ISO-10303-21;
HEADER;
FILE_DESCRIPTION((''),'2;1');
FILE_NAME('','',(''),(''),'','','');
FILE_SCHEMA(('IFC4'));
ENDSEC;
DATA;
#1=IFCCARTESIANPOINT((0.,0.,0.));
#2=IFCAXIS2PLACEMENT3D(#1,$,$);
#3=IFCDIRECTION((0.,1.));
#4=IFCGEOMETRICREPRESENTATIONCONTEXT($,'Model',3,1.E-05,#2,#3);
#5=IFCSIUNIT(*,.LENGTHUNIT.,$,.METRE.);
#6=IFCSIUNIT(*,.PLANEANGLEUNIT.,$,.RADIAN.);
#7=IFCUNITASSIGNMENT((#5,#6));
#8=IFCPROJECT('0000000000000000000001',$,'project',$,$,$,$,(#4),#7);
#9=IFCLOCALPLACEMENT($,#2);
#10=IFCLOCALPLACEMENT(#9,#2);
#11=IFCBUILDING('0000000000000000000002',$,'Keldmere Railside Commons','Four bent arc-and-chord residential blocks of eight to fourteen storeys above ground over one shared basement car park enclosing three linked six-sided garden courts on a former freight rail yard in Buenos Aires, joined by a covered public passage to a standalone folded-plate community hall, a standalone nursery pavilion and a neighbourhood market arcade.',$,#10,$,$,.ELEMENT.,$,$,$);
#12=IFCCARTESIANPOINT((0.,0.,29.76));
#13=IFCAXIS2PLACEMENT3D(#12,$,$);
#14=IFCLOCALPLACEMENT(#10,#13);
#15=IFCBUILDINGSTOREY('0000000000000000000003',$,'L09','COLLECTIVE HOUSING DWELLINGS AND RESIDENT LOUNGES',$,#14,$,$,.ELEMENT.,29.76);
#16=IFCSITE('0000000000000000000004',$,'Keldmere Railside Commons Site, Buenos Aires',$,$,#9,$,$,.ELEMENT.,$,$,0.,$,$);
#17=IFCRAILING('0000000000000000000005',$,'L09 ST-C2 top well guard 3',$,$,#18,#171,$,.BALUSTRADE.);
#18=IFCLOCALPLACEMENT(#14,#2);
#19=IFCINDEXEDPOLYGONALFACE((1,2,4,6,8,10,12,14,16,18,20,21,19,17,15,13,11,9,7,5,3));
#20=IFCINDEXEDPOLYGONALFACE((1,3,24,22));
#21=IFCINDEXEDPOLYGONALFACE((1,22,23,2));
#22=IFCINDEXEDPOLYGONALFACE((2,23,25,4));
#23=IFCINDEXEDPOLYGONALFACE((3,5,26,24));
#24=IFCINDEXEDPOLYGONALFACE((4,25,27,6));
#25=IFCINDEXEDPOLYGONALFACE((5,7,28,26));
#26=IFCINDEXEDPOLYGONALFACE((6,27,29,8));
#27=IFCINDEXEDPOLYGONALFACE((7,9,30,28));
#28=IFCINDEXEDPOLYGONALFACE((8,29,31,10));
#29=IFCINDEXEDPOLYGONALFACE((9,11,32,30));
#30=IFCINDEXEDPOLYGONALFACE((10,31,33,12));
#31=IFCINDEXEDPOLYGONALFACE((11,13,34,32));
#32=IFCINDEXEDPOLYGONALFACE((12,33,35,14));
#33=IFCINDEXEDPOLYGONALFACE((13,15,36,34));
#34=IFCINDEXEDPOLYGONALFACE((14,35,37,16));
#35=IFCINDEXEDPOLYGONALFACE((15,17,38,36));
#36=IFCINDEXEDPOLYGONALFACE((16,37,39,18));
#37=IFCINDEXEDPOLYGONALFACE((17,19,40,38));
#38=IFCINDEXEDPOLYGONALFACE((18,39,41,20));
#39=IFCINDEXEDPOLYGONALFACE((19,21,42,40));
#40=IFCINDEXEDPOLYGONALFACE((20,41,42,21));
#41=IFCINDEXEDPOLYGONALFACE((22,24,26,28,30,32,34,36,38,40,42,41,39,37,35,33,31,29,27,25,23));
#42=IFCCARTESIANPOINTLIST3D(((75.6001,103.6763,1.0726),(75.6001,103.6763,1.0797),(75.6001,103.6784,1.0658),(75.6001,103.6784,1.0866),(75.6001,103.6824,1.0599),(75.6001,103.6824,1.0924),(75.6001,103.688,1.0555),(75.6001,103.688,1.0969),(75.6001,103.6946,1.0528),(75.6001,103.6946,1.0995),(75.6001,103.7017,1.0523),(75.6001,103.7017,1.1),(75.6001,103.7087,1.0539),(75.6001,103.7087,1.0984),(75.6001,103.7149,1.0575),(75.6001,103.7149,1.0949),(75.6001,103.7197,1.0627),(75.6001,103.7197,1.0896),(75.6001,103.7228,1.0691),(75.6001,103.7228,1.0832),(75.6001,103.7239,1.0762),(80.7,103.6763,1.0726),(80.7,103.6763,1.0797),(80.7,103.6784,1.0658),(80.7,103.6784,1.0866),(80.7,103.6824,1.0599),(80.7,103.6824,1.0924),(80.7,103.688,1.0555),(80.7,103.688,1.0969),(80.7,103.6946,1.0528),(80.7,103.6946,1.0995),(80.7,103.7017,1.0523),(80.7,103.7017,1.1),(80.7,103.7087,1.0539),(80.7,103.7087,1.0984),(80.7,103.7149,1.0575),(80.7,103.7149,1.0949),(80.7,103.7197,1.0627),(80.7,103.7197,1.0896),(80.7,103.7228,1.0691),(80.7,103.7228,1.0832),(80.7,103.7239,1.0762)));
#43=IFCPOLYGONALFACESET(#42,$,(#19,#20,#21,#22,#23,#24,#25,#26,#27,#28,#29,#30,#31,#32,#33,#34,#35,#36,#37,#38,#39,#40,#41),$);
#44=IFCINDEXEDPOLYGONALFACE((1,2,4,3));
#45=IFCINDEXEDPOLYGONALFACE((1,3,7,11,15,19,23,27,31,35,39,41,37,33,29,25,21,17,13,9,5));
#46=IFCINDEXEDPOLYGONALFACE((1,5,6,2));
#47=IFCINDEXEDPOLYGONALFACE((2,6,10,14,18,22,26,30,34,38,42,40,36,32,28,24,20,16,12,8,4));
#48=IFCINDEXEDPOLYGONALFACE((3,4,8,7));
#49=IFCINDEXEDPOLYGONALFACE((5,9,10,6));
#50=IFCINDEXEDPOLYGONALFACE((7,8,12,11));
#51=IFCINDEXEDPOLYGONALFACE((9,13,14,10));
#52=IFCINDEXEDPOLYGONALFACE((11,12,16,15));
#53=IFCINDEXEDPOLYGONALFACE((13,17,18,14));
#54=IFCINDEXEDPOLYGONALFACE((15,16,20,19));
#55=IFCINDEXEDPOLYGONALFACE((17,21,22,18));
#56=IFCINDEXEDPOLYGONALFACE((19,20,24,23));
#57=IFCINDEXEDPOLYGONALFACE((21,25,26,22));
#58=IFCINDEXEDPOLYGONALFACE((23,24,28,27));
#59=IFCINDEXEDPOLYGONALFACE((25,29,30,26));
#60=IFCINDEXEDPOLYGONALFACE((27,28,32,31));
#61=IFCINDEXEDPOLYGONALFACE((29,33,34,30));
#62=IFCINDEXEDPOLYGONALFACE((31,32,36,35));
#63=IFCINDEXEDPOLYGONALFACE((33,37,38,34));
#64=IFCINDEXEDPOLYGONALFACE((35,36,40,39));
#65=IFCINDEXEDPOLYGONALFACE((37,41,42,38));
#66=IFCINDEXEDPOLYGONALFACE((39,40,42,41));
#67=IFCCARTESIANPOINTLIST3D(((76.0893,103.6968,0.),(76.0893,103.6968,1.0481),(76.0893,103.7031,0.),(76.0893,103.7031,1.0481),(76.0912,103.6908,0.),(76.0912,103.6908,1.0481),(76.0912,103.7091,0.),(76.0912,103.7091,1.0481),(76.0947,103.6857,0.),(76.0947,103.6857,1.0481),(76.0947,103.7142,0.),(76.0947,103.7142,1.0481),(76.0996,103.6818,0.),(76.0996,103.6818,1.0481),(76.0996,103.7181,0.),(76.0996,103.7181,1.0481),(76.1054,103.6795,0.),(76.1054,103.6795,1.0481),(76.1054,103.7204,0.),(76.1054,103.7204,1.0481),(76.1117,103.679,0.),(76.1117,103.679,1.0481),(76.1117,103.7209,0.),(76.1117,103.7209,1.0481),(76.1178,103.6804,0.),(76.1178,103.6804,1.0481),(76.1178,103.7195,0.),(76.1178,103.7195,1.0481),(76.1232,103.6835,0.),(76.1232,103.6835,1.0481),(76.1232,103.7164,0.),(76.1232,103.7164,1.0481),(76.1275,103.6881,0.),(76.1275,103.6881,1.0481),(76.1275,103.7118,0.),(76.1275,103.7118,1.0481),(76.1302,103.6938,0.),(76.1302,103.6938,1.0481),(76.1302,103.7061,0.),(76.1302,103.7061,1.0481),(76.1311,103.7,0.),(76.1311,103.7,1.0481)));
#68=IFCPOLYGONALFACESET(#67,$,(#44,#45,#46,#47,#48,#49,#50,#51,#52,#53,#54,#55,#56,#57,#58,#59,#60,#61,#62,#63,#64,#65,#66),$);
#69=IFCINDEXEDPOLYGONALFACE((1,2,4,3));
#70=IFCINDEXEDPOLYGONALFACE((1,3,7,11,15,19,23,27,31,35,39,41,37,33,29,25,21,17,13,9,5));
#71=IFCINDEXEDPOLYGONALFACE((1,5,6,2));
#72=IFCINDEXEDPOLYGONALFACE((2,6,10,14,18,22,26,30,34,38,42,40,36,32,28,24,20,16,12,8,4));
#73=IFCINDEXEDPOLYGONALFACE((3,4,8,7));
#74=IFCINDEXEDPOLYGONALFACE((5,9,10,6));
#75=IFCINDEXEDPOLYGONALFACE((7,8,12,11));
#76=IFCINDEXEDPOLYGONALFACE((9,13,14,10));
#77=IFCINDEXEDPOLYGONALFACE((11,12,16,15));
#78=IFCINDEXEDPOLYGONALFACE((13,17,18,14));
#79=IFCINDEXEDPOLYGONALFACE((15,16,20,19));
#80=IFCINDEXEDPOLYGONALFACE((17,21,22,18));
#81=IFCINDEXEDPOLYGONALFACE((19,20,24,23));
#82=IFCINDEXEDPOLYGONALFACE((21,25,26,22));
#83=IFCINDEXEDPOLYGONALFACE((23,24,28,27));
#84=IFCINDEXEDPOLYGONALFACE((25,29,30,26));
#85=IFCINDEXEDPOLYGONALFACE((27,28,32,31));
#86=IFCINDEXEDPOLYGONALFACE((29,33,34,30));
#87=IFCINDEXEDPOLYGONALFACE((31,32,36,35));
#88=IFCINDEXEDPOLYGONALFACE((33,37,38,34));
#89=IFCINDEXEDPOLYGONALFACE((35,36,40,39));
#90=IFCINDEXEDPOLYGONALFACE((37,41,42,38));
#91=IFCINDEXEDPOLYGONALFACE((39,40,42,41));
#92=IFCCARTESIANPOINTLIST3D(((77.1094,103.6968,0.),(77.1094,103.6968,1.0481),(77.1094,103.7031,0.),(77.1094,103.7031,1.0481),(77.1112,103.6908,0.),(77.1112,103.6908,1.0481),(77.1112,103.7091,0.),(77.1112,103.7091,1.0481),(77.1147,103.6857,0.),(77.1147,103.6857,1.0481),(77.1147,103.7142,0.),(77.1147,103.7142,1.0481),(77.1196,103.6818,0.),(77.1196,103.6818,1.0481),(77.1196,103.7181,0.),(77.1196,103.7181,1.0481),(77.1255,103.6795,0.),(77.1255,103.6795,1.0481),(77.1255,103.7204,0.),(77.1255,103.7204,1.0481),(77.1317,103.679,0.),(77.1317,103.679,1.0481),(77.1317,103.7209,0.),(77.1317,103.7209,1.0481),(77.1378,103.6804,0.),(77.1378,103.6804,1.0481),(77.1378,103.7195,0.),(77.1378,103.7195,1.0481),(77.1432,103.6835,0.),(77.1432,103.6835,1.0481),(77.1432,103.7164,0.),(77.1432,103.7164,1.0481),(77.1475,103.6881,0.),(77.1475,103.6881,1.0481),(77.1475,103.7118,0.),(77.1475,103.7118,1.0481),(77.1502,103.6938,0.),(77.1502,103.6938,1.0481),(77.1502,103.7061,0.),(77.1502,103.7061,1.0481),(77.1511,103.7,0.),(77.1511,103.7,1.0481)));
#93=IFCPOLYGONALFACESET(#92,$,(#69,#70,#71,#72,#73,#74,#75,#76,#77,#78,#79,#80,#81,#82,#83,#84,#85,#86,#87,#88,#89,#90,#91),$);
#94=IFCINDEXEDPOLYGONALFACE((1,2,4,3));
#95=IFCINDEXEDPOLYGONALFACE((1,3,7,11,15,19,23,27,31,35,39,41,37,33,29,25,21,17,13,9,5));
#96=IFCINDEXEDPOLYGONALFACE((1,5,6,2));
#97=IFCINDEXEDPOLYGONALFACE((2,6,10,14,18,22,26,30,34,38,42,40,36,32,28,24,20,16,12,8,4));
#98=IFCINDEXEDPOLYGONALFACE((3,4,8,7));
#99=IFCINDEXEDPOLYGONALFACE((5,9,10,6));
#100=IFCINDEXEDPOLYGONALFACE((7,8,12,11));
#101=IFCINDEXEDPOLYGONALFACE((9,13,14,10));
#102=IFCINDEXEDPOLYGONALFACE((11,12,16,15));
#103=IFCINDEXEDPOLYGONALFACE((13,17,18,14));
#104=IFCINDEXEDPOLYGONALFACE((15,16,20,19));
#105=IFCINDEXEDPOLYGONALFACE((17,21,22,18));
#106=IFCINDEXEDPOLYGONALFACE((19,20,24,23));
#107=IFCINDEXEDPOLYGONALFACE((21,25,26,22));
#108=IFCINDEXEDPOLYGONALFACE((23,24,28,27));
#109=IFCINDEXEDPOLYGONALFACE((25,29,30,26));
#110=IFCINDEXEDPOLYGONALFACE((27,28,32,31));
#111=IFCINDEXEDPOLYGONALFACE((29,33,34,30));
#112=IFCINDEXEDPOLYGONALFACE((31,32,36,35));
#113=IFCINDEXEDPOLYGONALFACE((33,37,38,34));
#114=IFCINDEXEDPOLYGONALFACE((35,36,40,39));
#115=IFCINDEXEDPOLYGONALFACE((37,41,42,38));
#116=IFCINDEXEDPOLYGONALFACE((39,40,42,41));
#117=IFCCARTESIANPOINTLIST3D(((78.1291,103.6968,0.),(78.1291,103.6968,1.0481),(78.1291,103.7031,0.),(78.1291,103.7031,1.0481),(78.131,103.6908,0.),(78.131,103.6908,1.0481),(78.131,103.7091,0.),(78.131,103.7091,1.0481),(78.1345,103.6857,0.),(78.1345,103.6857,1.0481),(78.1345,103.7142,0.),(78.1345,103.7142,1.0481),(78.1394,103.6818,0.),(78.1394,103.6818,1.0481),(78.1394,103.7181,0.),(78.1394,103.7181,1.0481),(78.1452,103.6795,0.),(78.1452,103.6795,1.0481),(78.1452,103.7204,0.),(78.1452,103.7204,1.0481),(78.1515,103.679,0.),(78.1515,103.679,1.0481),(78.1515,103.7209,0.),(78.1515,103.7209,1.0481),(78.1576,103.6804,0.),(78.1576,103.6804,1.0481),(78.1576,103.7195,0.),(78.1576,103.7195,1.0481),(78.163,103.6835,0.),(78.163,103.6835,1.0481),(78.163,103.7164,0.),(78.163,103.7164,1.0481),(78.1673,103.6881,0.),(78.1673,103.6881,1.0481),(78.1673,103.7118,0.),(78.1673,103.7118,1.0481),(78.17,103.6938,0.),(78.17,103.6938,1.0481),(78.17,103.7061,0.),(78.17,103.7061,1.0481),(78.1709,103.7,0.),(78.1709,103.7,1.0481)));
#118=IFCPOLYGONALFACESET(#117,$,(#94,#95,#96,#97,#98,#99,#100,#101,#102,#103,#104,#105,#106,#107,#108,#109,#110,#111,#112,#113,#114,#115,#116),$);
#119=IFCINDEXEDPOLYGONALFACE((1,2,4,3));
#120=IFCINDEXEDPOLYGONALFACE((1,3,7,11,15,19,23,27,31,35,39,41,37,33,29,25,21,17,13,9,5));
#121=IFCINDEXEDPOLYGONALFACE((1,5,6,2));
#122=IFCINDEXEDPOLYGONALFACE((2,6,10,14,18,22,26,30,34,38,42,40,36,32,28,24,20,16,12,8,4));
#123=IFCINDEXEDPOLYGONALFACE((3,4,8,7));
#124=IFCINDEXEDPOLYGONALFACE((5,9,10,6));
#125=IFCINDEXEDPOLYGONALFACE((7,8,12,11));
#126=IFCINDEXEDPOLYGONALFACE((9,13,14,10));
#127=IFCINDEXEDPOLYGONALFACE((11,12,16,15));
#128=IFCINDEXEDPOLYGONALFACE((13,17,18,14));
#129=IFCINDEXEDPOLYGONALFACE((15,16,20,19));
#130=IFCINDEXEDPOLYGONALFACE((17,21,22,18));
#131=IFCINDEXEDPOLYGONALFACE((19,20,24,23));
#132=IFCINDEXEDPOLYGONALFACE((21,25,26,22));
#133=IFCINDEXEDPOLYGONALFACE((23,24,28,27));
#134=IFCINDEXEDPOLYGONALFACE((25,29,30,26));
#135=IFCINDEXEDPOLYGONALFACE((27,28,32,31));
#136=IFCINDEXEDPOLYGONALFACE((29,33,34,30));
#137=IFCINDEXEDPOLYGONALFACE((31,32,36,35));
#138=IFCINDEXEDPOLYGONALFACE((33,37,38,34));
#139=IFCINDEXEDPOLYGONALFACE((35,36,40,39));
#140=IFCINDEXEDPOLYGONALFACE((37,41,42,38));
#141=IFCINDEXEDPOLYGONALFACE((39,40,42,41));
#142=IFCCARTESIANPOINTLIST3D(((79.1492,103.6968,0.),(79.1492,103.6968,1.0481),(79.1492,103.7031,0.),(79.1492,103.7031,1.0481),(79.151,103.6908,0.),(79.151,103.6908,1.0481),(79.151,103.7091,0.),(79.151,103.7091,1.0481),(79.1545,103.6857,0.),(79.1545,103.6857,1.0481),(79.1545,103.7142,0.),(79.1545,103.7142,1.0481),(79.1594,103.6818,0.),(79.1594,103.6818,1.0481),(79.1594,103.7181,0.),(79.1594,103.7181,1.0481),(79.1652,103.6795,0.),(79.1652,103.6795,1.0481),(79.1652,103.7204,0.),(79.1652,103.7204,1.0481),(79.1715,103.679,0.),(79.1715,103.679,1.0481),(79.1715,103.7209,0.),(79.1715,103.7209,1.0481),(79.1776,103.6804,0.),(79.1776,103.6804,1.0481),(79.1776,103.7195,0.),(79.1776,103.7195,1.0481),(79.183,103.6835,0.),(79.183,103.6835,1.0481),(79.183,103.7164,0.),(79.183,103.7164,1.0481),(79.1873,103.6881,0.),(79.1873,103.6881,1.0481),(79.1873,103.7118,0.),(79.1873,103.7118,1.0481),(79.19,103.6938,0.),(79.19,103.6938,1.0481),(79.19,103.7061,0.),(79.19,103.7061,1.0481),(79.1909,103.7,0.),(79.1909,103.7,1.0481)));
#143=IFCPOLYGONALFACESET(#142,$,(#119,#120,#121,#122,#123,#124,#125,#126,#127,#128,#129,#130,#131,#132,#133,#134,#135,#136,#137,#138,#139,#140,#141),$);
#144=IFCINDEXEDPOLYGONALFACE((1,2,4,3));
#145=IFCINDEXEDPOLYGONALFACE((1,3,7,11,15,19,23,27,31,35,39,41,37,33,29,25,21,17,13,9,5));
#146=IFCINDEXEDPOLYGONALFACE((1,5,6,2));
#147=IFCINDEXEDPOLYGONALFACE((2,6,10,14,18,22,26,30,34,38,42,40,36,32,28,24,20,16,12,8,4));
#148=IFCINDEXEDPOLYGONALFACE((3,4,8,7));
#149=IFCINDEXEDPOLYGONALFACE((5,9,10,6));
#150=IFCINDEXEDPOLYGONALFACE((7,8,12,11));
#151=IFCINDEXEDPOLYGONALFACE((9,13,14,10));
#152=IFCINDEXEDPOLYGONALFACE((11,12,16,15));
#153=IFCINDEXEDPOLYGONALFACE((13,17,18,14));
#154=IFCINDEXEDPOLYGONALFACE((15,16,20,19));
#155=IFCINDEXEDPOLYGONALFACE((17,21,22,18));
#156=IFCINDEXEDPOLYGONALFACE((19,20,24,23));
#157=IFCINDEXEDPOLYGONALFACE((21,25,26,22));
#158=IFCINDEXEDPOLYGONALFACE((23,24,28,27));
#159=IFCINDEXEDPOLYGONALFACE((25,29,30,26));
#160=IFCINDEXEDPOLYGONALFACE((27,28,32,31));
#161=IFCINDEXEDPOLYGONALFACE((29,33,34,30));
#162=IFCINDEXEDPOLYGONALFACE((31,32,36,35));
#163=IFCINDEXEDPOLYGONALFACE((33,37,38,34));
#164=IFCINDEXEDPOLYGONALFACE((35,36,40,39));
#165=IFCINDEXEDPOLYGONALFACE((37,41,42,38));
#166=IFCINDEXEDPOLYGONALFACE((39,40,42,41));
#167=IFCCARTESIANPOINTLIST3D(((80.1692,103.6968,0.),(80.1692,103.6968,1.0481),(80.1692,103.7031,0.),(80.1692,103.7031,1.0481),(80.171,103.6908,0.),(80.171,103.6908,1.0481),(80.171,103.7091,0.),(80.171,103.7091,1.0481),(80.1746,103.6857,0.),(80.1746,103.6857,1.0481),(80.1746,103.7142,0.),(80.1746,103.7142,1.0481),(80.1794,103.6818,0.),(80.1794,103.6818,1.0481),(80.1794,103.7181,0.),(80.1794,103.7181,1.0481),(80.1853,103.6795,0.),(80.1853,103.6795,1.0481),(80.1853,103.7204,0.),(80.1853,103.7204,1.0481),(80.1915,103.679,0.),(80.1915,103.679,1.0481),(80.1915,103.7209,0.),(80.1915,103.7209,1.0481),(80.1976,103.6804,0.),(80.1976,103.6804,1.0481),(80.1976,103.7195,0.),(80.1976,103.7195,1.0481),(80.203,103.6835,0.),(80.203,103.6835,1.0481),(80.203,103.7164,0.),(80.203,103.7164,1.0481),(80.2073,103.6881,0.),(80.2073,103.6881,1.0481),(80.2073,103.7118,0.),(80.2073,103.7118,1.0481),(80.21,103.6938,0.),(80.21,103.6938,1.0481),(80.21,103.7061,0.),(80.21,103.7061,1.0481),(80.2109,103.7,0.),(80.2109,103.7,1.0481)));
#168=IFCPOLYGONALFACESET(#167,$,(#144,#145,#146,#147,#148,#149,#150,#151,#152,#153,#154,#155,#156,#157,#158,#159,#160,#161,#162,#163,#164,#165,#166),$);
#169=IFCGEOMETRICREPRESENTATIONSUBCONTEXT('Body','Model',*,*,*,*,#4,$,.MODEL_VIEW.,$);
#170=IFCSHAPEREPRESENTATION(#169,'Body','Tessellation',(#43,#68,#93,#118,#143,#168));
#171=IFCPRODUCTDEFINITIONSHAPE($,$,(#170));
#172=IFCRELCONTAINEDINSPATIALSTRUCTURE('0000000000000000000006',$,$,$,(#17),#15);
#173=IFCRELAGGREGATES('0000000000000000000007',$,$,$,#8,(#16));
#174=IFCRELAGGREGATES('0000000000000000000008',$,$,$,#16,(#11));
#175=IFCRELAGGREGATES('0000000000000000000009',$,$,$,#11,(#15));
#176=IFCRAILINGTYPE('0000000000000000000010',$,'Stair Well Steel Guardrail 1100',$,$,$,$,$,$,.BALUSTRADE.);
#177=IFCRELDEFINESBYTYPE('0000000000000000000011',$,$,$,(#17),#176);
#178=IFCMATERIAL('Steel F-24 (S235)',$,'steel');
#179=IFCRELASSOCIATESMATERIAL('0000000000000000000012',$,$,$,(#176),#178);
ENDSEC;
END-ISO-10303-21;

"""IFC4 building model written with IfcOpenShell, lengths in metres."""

from ifc_helpers import new_model, si_unit, direction, frame, origin, origin_2d, place, context, subcontext, project, spatial, circle, extrude, material, type_object, element, save


model = new_model("IFC4")

# Units and contexts
model_context = context("Model", 3, precision=1e-05, world=origin(), true_north=direction((0.0, 1.0)))
body_context = subcontext(model_context, "Body", "Model", "MODEL_VIEW")
ifc_project = project(units=[si_unit("LENGTHUNIT", "METRE"), si_unit("PLANEANGLEUNIT", "RADIAN")], contexts=[model_context])

# Site, building, storey
site_placement = place(None, origin())
site = spatial("IfcSite", under=ifc_project, at=site_placement, Name="Keldmere Railside Commons Site, Buenos Aires", CompositionType="ELEMENT", RefElevation=0.0)
building_placement = place(site_placement, origin())
building = spatial("IfcBuilding", under=site, at=building_placement, Name="Keldmere Railside Commons", Description="Four bent arc-and-chord residential blocks of eight to fourteen storeys above ground over one shared basement car park enclosing three linked six-sided garden courts on a former freight rail yard in Buenos Aires, joined by a covered public passage to a standalone folded-plate community hall, a standalone nursery pavilion and a neighbourhood market arcade.", CompositionType="ELEMENT")
storey_placement = place(building_placement, frame((0.0, 0.0, 29.76)))
storey = spatial("IfcBuildingStorey", under=building, at=storey_placement, Name="L09", Description="COLLECTIVE HOUSING DWELLINGS AND RESIDENT LOUNGES", CompositionType="ELEMENT", Elevation=29.76)

# Railing
ifc_material_1 = material(Name="Steel F-24 (S235)", Category="steel")
railing_type_1 = type_object("IfcRailingType", Name="Stair Well Steel Guardrail 1100", PredefinedType="BALUSTRADE", material=ifc_material_1)
for number, where, name in (
    (1, (75.6001, 103.7, 0.0), "L09 ST-C2 top well guard 3"),
):
    element("IfcRailing", number, at=place(storey_placement, frame(where)), inside=storey, type_object=railing_type_1, Name=name, PredefinedType="BALUSTRADE", context=body_context, shape_type="SweptSolid", body=[
        extrude(circle(Radius=0.0239, at=origin_2d()), frame((0.0, 0.0, 1.0762), z_axis=(1.0, 0.0, 0.0), x_axis=(0.0, 1.0, 0.0)), (0.0, 0.0, 1.0), 5.0999),
        extrude(circle(Radius=0.021, at=origin_2d()), frame((0.51, 0.0, 0.0)), (0.0, 0.0, 1.0), 1.0481),
        extrude(circle(Radius=0.021, at=origin_2d()), frame((1.53, 0.0, 0.0)), (0.0, 0.0, 1.0), 1.0481),
        extrude(circle(Radius=0.021, at=origin_2d()), frame((2.5498, 0.0, 0.0)), (0.0, 0.0, 1.0), 1.0481),
        extrude(circle(Radius=0.021, at=origin_2d()), frame((3.5698, 0.0, 0.0)), (0.0, 0.0, 1.0), 1.0481),
        extrude(circle(Radius=0.021, at=origin_2d()), frame((4.5898, 0.0, 0.0)), (0.0, 0.0, 1.0), 1.0481),
    ])

save(model, "model.ifc")
